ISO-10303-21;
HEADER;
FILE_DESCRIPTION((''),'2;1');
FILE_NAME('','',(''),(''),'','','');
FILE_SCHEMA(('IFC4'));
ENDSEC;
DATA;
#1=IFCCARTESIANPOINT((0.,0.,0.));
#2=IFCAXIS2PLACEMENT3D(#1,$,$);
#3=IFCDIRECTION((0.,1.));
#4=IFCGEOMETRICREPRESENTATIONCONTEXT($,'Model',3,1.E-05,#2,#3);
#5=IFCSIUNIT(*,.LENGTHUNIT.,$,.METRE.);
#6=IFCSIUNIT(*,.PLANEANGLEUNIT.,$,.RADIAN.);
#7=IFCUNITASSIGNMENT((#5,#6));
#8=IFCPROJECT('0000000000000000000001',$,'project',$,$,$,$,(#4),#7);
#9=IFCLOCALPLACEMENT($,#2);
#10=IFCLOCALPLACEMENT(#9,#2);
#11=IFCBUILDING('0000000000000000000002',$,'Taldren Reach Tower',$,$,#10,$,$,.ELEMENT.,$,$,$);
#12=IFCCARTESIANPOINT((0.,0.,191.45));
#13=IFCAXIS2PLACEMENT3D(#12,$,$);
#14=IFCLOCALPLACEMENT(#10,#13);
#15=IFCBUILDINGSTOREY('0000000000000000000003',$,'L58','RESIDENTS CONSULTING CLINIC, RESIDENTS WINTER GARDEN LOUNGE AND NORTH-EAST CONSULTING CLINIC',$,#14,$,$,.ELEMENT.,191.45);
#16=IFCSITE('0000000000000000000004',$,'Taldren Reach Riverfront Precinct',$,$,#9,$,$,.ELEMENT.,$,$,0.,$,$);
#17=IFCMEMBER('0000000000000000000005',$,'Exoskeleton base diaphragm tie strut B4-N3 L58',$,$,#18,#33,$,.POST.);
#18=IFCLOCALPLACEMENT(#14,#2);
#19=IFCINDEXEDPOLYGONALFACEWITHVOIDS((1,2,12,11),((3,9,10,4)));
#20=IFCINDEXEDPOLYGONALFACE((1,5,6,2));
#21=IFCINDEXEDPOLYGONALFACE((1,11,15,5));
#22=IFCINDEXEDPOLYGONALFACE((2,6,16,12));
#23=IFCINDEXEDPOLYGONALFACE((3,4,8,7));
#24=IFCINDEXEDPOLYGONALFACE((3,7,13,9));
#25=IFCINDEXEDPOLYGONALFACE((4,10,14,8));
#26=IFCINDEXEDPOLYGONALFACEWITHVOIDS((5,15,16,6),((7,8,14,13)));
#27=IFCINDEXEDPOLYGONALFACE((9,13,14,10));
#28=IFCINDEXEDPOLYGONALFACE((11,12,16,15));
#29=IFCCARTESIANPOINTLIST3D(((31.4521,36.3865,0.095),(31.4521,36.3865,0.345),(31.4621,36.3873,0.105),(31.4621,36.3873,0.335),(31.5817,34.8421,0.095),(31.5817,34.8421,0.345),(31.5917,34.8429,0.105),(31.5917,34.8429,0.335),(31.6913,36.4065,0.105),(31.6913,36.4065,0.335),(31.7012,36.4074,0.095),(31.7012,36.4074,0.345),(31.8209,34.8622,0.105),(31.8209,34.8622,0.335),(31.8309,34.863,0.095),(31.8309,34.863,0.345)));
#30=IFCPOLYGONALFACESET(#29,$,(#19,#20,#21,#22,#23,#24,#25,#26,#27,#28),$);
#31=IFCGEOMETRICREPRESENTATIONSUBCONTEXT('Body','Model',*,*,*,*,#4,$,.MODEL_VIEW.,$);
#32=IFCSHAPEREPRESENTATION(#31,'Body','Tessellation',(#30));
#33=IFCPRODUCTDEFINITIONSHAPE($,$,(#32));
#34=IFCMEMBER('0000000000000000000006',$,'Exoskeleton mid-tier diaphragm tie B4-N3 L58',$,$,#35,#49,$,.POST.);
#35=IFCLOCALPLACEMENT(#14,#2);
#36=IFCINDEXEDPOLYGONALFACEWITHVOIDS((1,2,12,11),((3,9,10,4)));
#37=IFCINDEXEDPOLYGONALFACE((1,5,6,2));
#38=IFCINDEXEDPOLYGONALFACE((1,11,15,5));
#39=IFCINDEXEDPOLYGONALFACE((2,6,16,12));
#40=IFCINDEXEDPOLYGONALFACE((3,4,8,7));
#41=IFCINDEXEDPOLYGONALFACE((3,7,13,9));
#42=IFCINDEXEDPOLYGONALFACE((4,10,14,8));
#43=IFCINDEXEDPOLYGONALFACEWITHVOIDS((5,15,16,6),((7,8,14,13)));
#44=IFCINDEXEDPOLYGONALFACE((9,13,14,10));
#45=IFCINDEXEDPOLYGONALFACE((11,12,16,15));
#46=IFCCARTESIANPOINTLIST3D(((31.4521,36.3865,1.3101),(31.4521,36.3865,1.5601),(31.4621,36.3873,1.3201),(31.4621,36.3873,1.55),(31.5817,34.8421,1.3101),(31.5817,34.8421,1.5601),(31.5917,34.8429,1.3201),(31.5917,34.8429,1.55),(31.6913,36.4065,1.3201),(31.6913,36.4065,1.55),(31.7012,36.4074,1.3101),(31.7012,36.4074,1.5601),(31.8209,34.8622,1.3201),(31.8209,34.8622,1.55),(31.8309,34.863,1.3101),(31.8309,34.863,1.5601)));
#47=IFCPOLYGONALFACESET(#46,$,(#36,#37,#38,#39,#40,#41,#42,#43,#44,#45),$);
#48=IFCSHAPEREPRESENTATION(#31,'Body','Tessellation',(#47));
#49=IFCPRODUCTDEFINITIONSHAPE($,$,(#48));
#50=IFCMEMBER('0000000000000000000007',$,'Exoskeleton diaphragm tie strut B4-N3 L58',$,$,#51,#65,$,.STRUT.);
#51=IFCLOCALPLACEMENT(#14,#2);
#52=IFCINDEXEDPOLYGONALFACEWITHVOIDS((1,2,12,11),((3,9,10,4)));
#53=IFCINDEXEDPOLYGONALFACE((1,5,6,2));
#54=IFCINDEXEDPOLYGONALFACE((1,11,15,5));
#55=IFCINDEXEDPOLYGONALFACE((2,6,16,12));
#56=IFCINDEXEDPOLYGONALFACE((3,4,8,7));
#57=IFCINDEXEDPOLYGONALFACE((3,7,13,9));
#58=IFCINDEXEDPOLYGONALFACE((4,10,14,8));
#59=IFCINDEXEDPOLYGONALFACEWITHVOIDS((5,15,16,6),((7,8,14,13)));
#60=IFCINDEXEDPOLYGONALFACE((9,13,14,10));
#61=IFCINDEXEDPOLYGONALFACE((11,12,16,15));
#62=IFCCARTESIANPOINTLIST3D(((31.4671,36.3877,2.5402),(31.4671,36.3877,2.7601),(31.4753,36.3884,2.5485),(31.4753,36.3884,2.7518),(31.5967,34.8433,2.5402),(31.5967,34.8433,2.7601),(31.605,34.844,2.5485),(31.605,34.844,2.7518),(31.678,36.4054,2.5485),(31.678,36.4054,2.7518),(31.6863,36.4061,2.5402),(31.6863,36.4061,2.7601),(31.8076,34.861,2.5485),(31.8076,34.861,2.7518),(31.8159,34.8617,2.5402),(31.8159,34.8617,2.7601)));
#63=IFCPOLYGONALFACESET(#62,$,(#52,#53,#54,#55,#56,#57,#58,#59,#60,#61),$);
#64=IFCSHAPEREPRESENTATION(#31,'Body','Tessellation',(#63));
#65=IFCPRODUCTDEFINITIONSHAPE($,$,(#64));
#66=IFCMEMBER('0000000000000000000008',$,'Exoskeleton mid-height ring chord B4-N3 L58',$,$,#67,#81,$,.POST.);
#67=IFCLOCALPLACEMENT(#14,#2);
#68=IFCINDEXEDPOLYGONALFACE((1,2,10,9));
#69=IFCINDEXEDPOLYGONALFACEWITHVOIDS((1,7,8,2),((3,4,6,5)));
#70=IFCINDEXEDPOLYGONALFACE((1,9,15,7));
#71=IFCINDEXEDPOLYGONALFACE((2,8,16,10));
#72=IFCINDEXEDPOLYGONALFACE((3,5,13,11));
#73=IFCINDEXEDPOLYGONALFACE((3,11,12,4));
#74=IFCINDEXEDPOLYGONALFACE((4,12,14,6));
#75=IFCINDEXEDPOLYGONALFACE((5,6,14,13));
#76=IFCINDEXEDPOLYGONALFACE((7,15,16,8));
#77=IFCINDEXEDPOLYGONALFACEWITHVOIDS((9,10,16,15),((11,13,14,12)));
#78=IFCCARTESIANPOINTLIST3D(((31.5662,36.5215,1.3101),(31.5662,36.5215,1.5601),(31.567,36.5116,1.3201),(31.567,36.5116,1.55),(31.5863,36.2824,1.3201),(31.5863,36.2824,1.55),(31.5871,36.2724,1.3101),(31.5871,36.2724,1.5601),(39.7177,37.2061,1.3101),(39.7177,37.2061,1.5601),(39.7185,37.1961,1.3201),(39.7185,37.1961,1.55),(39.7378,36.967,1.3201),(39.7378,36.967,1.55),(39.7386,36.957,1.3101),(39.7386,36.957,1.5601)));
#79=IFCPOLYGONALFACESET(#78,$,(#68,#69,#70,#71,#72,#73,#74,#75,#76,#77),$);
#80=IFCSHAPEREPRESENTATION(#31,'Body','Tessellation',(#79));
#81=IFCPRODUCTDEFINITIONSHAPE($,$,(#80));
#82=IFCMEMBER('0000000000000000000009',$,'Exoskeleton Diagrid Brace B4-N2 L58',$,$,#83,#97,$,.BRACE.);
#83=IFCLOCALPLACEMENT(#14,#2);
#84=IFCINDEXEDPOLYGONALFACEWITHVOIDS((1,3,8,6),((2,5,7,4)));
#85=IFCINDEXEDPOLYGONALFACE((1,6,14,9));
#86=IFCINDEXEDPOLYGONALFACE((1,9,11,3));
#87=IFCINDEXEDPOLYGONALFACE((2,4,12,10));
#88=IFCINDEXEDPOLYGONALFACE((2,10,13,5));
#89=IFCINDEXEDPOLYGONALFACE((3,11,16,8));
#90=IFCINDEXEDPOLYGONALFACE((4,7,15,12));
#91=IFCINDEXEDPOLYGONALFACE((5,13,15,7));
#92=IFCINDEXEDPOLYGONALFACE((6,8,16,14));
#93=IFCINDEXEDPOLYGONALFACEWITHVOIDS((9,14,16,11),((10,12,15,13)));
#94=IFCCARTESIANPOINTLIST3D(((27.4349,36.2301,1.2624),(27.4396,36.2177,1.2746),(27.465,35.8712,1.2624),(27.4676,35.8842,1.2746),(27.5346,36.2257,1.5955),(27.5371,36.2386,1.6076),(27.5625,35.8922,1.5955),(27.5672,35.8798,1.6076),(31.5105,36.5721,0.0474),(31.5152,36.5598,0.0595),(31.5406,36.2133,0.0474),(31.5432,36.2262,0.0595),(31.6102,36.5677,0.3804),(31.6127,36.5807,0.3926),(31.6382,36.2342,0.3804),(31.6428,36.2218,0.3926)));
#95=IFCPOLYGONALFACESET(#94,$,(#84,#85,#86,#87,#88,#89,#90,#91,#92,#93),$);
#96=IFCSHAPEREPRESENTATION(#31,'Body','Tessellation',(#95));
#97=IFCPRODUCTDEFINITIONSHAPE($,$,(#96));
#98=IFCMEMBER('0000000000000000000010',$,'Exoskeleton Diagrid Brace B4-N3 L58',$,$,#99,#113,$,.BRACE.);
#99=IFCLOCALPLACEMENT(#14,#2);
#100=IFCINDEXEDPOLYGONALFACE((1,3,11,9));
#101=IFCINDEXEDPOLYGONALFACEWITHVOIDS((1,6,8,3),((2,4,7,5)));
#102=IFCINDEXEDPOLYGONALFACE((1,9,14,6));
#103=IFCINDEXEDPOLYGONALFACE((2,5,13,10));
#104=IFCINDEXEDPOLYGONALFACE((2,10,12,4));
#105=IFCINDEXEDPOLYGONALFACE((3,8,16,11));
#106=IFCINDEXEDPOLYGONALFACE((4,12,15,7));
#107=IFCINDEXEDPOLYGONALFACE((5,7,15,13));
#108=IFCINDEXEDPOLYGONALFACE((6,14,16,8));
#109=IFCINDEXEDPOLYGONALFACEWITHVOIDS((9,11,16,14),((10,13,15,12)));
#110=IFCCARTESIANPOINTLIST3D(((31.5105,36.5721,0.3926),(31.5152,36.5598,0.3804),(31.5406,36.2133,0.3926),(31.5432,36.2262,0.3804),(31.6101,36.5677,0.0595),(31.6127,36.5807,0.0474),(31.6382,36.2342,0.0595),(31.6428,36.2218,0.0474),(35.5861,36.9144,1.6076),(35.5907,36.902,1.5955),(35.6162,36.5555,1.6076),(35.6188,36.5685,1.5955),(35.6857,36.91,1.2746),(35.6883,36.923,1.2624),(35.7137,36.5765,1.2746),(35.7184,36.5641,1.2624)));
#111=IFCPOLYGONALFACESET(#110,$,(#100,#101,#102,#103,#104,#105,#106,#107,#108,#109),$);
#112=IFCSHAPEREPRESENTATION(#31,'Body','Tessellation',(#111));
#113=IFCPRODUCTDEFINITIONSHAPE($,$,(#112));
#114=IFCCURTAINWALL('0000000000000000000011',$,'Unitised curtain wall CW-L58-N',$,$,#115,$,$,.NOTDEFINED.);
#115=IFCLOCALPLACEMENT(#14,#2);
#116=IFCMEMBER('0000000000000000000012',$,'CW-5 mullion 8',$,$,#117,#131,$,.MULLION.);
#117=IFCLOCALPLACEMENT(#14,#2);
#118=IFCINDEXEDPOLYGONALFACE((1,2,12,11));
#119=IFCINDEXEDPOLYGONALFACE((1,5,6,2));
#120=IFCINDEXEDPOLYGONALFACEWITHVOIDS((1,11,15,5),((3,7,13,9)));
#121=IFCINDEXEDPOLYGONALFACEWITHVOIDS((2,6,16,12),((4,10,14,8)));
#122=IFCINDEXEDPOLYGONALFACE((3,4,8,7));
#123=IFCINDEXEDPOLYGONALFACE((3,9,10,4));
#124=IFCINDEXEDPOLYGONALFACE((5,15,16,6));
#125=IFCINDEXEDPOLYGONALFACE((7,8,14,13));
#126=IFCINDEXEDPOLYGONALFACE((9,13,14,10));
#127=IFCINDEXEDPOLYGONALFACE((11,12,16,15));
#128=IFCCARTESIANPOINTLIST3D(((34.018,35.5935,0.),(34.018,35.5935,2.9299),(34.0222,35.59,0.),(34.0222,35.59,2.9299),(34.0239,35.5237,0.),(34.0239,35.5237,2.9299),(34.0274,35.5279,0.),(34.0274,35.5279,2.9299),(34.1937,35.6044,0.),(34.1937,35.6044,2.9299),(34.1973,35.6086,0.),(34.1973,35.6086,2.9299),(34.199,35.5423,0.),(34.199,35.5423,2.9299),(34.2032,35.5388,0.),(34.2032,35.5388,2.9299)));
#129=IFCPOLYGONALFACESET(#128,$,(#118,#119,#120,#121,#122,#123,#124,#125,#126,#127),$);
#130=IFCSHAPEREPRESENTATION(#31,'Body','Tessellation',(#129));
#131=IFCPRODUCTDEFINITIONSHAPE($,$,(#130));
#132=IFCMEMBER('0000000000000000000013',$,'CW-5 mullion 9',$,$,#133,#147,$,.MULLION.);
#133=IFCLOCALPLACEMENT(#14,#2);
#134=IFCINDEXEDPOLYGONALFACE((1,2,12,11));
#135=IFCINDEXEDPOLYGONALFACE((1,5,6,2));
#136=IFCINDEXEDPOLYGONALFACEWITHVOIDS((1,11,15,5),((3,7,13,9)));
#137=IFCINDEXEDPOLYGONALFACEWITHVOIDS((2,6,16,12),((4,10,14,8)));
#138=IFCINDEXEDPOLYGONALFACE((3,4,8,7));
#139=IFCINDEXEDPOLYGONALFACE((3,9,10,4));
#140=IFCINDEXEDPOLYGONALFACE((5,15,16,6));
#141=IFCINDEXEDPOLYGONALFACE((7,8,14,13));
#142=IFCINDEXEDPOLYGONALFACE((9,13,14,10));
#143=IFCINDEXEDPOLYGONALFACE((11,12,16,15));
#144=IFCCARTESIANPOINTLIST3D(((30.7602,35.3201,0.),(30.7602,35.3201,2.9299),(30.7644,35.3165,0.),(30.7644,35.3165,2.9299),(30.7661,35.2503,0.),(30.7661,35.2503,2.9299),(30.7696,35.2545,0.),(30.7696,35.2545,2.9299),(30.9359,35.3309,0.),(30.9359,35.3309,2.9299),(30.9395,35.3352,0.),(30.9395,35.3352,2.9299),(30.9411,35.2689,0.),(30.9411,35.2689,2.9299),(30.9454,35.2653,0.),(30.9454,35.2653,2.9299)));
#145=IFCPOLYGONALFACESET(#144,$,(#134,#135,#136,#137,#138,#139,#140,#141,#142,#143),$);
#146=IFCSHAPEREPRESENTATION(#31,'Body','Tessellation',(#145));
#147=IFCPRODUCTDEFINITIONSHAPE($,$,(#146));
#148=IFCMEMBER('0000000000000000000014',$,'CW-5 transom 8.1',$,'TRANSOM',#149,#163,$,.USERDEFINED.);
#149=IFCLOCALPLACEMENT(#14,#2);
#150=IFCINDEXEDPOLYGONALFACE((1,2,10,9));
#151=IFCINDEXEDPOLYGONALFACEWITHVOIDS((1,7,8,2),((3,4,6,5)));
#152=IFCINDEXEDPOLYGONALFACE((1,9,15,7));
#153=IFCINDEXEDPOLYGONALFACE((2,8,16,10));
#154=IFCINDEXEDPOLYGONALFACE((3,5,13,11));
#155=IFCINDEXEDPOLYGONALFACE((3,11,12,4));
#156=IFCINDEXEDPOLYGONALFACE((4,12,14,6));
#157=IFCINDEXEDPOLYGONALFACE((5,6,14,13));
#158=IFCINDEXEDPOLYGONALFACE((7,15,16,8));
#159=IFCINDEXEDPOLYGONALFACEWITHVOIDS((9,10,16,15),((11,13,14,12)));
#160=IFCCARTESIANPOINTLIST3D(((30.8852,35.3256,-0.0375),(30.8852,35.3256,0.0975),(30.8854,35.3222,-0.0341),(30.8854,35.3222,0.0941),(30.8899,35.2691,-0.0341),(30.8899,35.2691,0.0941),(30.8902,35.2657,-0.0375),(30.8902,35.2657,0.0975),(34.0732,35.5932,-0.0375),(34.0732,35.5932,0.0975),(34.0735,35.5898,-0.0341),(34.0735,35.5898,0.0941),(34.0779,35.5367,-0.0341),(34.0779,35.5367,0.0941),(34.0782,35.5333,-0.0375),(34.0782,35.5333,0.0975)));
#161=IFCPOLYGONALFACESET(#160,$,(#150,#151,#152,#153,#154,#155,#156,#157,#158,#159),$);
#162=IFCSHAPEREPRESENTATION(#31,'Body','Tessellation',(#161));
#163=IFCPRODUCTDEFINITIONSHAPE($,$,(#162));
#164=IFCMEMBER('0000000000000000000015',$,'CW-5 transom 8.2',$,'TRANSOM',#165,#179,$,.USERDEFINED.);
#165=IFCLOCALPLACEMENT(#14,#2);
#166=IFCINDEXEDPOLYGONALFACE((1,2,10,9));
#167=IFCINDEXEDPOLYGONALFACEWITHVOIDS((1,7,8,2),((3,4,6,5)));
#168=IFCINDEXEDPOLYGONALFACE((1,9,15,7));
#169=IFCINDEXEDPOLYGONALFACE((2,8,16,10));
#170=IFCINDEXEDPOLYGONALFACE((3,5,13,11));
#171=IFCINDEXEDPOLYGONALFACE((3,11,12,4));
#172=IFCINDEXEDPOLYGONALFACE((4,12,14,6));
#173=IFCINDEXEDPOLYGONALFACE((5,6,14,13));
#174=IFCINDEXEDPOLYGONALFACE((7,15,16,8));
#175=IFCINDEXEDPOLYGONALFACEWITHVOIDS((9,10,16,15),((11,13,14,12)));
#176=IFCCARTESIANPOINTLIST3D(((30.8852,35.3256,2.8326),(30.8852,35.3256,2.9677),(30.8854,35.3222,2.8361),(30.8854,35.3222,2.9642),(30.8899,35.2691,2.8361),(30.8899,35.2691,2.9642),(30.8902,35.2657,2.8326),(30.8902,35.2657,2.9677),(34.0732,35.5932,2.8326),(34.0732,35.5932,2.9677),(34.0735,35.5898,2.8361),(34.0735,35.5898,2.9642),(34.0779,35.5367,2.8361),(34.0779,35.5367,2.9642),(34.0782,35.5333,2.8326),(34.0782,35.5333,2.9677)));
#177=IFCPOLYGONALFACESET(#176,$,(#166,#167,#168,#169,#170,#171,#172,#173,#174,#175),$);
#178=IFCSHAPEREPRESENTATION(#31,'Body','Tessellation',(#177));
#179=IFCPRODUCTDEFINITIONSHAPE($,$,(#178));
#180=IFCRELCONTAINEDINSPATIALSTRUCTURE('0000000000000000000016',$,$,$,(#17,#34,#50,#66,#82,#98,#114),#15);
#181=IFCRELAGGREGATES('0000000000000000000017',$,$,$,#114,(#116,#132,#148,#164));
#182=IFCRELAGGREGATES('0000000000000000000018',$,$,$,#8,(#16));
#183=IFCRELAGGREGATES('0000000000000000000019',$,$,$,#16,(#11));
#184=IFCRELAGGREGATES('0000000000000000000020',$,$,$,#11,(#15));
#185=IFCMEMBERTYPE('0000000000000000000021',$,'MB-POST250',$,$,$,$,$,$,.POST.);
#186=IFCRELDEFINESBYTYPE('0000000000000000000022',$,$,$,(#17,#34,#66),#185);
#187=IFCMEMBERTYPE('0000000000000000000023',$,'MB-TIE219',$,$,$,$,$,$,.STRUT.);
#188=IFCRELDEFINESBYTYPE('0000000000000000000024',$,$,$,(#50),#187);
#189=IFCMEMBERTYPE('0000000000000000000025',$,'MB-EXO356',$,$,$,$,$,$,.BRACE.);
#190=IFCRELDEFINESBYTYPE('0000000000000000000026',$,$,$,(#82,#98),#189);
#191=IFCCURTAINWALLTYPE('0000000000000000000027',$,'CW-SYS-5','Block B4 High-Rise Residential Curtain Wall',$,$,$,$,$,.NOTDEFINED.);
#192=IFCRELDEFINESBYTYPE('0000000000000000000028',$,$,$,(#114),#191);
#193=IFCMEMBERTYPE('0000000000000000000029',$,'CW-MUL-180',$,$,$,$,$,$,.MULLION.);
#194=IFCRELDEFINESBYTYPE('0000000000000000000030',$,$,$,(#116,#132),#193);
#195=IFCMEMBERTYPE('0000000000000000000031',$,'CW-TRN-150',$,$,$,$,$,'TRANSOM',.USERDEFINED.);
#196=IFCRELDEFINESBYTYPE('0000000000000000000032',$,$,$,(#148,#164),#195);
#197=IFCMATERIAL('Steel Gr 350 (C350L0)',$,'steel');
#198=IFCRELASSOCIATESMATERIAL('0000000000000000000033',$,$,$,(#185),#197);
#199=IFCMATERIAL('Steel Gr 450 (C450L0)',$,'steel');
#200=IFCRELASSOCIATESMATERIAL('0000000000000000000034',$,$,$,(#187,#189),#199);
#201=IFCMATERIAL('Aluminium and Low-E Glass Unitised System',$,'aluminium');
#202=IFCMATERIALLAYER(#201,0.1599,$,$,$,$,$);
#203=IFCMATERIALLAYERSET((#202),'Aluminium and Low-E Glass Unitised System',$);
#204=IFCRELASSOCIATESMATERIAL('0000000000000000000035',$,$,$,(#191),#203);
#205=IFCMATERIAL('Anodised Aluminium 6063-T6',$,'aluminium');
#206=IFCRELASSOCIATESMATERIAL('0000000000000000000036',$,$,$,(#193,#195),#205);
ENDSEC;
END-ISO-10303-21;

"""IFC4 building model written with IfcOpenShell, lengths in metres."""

from ifc_helpers import new_model, si_unit, direction, frame, origin, origin_2d, place, context, subcontext, project, spatial, hollow_rectangle, extrude, source, transform, mapped, material, layer, layer_set, material_profile, profile_set, type_object, element, aggregate, save


model = new_model("IFC4")

# Units and contexts
model_context = context("Model", 3, precision=1e-05, world=origin(), true_north=direction((0.0, 1.0)))
body_context = subcontext(model_context, "Body", "Model", "MODEL_VIEW")
ifc_project = project(units=[si_unit("LENGTHUNIT", "METRE"), si_unit("PLANEANGLEUNIT", "RADIAN")], contexts=[model_context])

# Site, building, storey
site_placement = place(None, origin())
site = spatial("IfcSite", under=ifc_project, at=site_placement, Name="Taldren Reach Riverfront Precinct", CompositionType="ELEMENT", RefElevation=0.0)
building_placement = place(site_placement, origin())
building = spatial("IfcBuilding", under=site, at=building_placement, Name="Taldren Reach Tower", CompositionType="ELEMENT")
storey_placement = place(building_placement, frame((0.0, 0.0, 191.45)))
storey = spatial("IfcBuildingStorey", under=building, at=storey_placement, Name="L58", Description="RESIDENTS CONSULTING CLINIC, RESIDENTS WINTER GARDEN LOUNGE AND NORTH-EAST CONSULTING CLINIC", CompositionType="ELEMENT", Elevation=191.45)

# Members
ifc_material_1 = material(Name="Steel Gr 350 (C350L0)", Category="steel")
ifc_material_profile_1 = material_profile(ifc_material_1, hollow_rectangle(XDim=0.25, YDim=0.25, WallThickness=0.01, at=origin_2d()), Name="250x250x10.0SHS")
ifc_profile_set_1 = profile_set([ifc_material_profile_1], Name="Steel Gr 350 (C350L0)")
member_type_1 = type_object("IfcMemberType", Name="MB-POST250", PredefinedType="POST", material=ifc_profile_set_1)
shared_shape_1 = source(origin(), body_context, "Body", "SweptSolid", [
    extrude(hollow_rectangle(XDim=0.25, YDim=0.25, WallThickness=0.01, at=origin_2d()), origin(), (0.0, 0.0, 1.0), 1.5498),
])
for number, where, z_axis, x_axis, name in (
    (1, (31.7063, 34.8525, 0.22), (-0.083645, 0.996496, 0.0), (-0.996496, -0.083645, 0.0), "Exoskeleton base diaphragm tie strut B4-N3 L58"),
    (2, (31.7063, 34.8525, 1.4351), (-0.083645, 0.996496, 0.0), (-0.996496, -0.083645, 0.0), "Exoskeleton mid-tier diaphragm tie B4-N3 L58"),
):
    element("IfcMember", number, at=place(storey_placement, frame(where, z_axis=z_axis, x_axis=x_axis)), inside=storey, type_object=member_type_1, Name=name, PredefinedType="POST", context=body_context, shape_type="MappedRepresentation", body=[
        mapped(shared_shape_1, transform((0.0, 0.0, 0.0), scale=1.0)),
    ])
ifc_material_2 = material(Name="Steel Gr 450 (C450L0)", Category="steel")
ifc_material_profile_2 = material_profile(ifc_material_2, hollow_rectangle(XDim=0.22, YDim=0.22, WallThickness=0.0083, at=origin_2d()), Name="220x220x8.2SHS")
ifc_profile_set_2 = profile_set([ifc_material_profile_2], Name="Steel Gr 450 (C450L0)")
member_type_2 = type_object("IfcMemberType", Name="MB-TIE219", PredefinedType="STRUT", material=ifc_profile_set_2)
shared_shape_2 = source(origin(), body_context, "Body", "SweptSolid", [
    extrude(hollow_rectangle(XDim=0.22, YDim=0.22, WallThickness=0.0083, at=origin_2d()), origin(), (0.0, 0.0, 1.0), 1.5498),
])
member_1_placement = place(storey_placement, frame((31.7063, 34.8525, 2.6501), z_axis=(-0.083645, 0.996496, 0.0), x_axis=(-0.996496, -0.083645, 0.0)))
element("IfcMember", 3, at=member_1_placement, inside=storey, type_object=member_type_2, Name="Exoskeleton diaphragm tie strut B4-N3 L58", PredefinedType="STRUT", context=body_context, shape_type="MappedRepresentation", body=[
    mapped(shared_shape_2, transform((0.0, 0.0, 0.0), scale=1.0)),
])
shared_shape_3 = source(origin(), body_context, "Body", "SweptSolid", [
    extrude(hollow_rectangle(XDim=0.25, YDim=0.25, WallThickness=0.01, at=origin_2d()), origin(), (0.0, 0.0, 1.0), 8.1802),
])
member_2_placement = place(storey_placement, frame((31.5767, 36.397, 1.4351), z_axis=(0.996492, 0.083688, 0.0), x_axis=(-0.083688, 0.996492, 0.0)))
element("IfcMember", 4, at=member_2_placement, inside=storey, type_object=member_type_1, Name="Exoskeleton mid-height ring chord B4-N3 L58", PredefinedType="POST", context=body_context, shape_type="MappedRepresentation", body=[
    mapped(shared_shape_3, transform((0.0, 0.0, 0.0), scale=1.0)),
])
ifc_material_profile_3 = material_profile(ifc_material_2, hollow_rectangle(XDim=0.3601, YDim=0.3601, WallThickness=0.0127, at=origin_2d()), Name="360x360x12.7SHS")
ifc_profile_set_3 = profile_set([ifc_material_profile_3], Name="Steel Gr 450 (C450L0)")
member_type_3 = type_object("IfcMemberType", Name="MB-EXO356", PredefinedType="BRACE", material=ifc_profile_set_3)
shared_shape_4 = source(origin(), body_context, "Body", "SweptSolid", [
    extrude(hollow_rectangle(XDim=0.3601, YDim=0.3601, WallThickness=0.0127, at=origin_2d()), origin(), (0.0, 0.0, 1.0), 4.2666),
])
for number, where, z_axis, x_axis, name in (
    (5, (31.5767, 36.397, 0.22), (-0.955234, -0.080165, 0.284785), (0.083628, -0.996497, 0.0), "Exoskeleton Diagrid Brace B4-N2 L58"),
    (6, (31.5767, 36.397, 0.22), (0.955229, 0.080222, 0.284783), (-0.083688, 0.996492, 0.0), "Exoskeleton Diagrid Brace B4-N3 L58"),
):
    element("IfcMember", number, at=place(storey_placement, frame(where, z_axis=z_axis, x_axis=x_axis)), inside=storey, type_object=member_type_3, Name=name, PredefinedType="BRACE", context=body_context, shape_type="MappedRepresentation", body=[
        mapped(shared_shape_4, transform((0.0, 0.0, 0.0), scale=1.0)),
    ])

# Curtain wall, members
ifc_material_3 = material(Name="Aluminium and Low-E Glass Unitised System", Category="aluminium")
ifc_layer_1 = layer(ifc_material_3, 0.1599)
ifc_layer_set_1 = layer_set([ifc_layer_1], Name="Aluminium and Low-E Glass Unitised System")
curtain_wall_type = type_object("IfcCurtainWallType", Name="CW-SYS-5", Description="Block B4 High-Rise Residential Curtain Wall", PredefinedType="NOTDEFINED", material=ifc_layer_set_1)
curtain_wall_placement = place(storey_placement, origin())
curtain_wall = element("IfcCurtainWall", 7, at=curtain_wall_placement, inside=storey, type_object=curtain_wall_type, Name="Unitised curtain wall CW-L58-N", PredefinedType="NOTDEFINED")
ifc_material_4 = material(Name="Anodised Aluminium 6063-T6", Category="aluminium")
ifc_material_profile_4 = material_profile(ifc_material_4, hollow_rectangle(XDim=0.0701, YDim=0.1799, WallThickness=0.0039, at=origin_2d()), Name="ALU-180x70x4RHS")
ifc_profile_set_4 = profile_set([ifc_material_profile_4], Name="Anodised Aluminium 6063-T6")
member_type_4 = type_object("IfcMemberType", Name="CW-MUL-180", PredefinedType="MULLION", material=ifc_profile_set_4)
shared_shape_5 = source(origin(), body_context, "Body", "SweptSolid", [
    extrude(hollow_rectangle(XDim=0.0701, YDim=0.1799, WallThickness=0.0039, at=origin_2d()), origin(), (0.0, 0.0, 1.0), 2.9299),
])
member_3_placement = place(storey_placement, frame((34.1106, 35.5662, 0.0), z_axis=(0.0, 0.0, 1.0), x_axis=(0.083678, -0.996493, 0.0)))
member_3 = element("IfcMember", 8, at=member_3_placement, type_object=member_type_4, Name="CW-5 mullion 8", PredefinedType="MULLION", context=body_context, shape_type="MappedRepresentation", body=[
    mapped(shared_shape_5, transform((0.0, 0.0, 0.0), scale=1.0)),
])
member_4_placement = place(storey_placement, frame((30.8528, 35.2927, 0.0), z_axis=(0.0, 0.0, 1.0), x_axis=(0.083678, -0.996493, 0.0)))
member_4 = element("IfcMember", 9, at=member_4_placement, type_object=member_type_4, Name="CW-5 mullion 9", PredefinedType="MULLION", context=body_context, shape_type="MappedRepresentation", body=[
    mapped(shared_shape_5, transform((0.0, 0.0, 0.0), scale=1.0)),
])
ifc_material_profile_5 = material_profile(ifc_material_4, hollow_rectangle(XDim=0.0601, YDim=0.135, WallThickness=0.0034, at=origin_2d()), Name="ALU-135x60x3.5RHS")
ifc_profile_set_5 = profile_set([ifc_material_profile_5], Name="Anodised Aluminium 6063-T6")
member_type_5 = type_object("IfcMemberType", Name="CW-TRN-150", ElementType="TRANSOM", PredefinedType="USERDEFINED", material=ifc_profile_set_5)
shared_shape_6 = source(origin(), body_context, "Body", "SweptSolid", [
    extrude(hollow_rectangle(XDim=0.0601, YDim=0.135, WallThickness=0.0034, at=origin_2d()), origin(), (0.0, 0.0, 1.0), 3.1992),
])
member_5_placement = place(storey_placement, frame((34.0757, 35.5632, 0.03), z_axis=(-0.996496, -0.083639, 0.0), x_axis=(0.083639, -0.996496, 0.0)))
member_5 = element("IfcMember", 10, at=member_5_placement, type_object=member_type_5, Name="CW-5 transom 8.1", ObjectType="TRANSOM", PredefinedType="USERDEFINED", context=body_context, shape_type="MappedRepresentation", body=[
    mapped(shared_shape_6, transform((0.0, 0.0, 0.0), scale=1.0)),
])
member_6_placement = place(storey_placement, frame((34.0757, 35.5632, 2.9001), z_axis=(-0.996496, -0.083639, 0.0), x_axis=(0.083639, -0.996496, 0.0)))
member_6 = element("IfcMember", 11, at=member_6_placement, type_object=member_type_5, Name="CW-5 transom 8.2", ObjectType="TRANSOM", PredefinedType="USERDEFINED", context=body_context, shape_type="MappedRepresentation", body=[
    mapped(shared_shape_6, transform((0.0, 0.0, 0.0), scale=1.0)),
])

aggregate(curtain_wall, [member_3, member_4, member_5, member_6])

save(model, "model.ifc")
